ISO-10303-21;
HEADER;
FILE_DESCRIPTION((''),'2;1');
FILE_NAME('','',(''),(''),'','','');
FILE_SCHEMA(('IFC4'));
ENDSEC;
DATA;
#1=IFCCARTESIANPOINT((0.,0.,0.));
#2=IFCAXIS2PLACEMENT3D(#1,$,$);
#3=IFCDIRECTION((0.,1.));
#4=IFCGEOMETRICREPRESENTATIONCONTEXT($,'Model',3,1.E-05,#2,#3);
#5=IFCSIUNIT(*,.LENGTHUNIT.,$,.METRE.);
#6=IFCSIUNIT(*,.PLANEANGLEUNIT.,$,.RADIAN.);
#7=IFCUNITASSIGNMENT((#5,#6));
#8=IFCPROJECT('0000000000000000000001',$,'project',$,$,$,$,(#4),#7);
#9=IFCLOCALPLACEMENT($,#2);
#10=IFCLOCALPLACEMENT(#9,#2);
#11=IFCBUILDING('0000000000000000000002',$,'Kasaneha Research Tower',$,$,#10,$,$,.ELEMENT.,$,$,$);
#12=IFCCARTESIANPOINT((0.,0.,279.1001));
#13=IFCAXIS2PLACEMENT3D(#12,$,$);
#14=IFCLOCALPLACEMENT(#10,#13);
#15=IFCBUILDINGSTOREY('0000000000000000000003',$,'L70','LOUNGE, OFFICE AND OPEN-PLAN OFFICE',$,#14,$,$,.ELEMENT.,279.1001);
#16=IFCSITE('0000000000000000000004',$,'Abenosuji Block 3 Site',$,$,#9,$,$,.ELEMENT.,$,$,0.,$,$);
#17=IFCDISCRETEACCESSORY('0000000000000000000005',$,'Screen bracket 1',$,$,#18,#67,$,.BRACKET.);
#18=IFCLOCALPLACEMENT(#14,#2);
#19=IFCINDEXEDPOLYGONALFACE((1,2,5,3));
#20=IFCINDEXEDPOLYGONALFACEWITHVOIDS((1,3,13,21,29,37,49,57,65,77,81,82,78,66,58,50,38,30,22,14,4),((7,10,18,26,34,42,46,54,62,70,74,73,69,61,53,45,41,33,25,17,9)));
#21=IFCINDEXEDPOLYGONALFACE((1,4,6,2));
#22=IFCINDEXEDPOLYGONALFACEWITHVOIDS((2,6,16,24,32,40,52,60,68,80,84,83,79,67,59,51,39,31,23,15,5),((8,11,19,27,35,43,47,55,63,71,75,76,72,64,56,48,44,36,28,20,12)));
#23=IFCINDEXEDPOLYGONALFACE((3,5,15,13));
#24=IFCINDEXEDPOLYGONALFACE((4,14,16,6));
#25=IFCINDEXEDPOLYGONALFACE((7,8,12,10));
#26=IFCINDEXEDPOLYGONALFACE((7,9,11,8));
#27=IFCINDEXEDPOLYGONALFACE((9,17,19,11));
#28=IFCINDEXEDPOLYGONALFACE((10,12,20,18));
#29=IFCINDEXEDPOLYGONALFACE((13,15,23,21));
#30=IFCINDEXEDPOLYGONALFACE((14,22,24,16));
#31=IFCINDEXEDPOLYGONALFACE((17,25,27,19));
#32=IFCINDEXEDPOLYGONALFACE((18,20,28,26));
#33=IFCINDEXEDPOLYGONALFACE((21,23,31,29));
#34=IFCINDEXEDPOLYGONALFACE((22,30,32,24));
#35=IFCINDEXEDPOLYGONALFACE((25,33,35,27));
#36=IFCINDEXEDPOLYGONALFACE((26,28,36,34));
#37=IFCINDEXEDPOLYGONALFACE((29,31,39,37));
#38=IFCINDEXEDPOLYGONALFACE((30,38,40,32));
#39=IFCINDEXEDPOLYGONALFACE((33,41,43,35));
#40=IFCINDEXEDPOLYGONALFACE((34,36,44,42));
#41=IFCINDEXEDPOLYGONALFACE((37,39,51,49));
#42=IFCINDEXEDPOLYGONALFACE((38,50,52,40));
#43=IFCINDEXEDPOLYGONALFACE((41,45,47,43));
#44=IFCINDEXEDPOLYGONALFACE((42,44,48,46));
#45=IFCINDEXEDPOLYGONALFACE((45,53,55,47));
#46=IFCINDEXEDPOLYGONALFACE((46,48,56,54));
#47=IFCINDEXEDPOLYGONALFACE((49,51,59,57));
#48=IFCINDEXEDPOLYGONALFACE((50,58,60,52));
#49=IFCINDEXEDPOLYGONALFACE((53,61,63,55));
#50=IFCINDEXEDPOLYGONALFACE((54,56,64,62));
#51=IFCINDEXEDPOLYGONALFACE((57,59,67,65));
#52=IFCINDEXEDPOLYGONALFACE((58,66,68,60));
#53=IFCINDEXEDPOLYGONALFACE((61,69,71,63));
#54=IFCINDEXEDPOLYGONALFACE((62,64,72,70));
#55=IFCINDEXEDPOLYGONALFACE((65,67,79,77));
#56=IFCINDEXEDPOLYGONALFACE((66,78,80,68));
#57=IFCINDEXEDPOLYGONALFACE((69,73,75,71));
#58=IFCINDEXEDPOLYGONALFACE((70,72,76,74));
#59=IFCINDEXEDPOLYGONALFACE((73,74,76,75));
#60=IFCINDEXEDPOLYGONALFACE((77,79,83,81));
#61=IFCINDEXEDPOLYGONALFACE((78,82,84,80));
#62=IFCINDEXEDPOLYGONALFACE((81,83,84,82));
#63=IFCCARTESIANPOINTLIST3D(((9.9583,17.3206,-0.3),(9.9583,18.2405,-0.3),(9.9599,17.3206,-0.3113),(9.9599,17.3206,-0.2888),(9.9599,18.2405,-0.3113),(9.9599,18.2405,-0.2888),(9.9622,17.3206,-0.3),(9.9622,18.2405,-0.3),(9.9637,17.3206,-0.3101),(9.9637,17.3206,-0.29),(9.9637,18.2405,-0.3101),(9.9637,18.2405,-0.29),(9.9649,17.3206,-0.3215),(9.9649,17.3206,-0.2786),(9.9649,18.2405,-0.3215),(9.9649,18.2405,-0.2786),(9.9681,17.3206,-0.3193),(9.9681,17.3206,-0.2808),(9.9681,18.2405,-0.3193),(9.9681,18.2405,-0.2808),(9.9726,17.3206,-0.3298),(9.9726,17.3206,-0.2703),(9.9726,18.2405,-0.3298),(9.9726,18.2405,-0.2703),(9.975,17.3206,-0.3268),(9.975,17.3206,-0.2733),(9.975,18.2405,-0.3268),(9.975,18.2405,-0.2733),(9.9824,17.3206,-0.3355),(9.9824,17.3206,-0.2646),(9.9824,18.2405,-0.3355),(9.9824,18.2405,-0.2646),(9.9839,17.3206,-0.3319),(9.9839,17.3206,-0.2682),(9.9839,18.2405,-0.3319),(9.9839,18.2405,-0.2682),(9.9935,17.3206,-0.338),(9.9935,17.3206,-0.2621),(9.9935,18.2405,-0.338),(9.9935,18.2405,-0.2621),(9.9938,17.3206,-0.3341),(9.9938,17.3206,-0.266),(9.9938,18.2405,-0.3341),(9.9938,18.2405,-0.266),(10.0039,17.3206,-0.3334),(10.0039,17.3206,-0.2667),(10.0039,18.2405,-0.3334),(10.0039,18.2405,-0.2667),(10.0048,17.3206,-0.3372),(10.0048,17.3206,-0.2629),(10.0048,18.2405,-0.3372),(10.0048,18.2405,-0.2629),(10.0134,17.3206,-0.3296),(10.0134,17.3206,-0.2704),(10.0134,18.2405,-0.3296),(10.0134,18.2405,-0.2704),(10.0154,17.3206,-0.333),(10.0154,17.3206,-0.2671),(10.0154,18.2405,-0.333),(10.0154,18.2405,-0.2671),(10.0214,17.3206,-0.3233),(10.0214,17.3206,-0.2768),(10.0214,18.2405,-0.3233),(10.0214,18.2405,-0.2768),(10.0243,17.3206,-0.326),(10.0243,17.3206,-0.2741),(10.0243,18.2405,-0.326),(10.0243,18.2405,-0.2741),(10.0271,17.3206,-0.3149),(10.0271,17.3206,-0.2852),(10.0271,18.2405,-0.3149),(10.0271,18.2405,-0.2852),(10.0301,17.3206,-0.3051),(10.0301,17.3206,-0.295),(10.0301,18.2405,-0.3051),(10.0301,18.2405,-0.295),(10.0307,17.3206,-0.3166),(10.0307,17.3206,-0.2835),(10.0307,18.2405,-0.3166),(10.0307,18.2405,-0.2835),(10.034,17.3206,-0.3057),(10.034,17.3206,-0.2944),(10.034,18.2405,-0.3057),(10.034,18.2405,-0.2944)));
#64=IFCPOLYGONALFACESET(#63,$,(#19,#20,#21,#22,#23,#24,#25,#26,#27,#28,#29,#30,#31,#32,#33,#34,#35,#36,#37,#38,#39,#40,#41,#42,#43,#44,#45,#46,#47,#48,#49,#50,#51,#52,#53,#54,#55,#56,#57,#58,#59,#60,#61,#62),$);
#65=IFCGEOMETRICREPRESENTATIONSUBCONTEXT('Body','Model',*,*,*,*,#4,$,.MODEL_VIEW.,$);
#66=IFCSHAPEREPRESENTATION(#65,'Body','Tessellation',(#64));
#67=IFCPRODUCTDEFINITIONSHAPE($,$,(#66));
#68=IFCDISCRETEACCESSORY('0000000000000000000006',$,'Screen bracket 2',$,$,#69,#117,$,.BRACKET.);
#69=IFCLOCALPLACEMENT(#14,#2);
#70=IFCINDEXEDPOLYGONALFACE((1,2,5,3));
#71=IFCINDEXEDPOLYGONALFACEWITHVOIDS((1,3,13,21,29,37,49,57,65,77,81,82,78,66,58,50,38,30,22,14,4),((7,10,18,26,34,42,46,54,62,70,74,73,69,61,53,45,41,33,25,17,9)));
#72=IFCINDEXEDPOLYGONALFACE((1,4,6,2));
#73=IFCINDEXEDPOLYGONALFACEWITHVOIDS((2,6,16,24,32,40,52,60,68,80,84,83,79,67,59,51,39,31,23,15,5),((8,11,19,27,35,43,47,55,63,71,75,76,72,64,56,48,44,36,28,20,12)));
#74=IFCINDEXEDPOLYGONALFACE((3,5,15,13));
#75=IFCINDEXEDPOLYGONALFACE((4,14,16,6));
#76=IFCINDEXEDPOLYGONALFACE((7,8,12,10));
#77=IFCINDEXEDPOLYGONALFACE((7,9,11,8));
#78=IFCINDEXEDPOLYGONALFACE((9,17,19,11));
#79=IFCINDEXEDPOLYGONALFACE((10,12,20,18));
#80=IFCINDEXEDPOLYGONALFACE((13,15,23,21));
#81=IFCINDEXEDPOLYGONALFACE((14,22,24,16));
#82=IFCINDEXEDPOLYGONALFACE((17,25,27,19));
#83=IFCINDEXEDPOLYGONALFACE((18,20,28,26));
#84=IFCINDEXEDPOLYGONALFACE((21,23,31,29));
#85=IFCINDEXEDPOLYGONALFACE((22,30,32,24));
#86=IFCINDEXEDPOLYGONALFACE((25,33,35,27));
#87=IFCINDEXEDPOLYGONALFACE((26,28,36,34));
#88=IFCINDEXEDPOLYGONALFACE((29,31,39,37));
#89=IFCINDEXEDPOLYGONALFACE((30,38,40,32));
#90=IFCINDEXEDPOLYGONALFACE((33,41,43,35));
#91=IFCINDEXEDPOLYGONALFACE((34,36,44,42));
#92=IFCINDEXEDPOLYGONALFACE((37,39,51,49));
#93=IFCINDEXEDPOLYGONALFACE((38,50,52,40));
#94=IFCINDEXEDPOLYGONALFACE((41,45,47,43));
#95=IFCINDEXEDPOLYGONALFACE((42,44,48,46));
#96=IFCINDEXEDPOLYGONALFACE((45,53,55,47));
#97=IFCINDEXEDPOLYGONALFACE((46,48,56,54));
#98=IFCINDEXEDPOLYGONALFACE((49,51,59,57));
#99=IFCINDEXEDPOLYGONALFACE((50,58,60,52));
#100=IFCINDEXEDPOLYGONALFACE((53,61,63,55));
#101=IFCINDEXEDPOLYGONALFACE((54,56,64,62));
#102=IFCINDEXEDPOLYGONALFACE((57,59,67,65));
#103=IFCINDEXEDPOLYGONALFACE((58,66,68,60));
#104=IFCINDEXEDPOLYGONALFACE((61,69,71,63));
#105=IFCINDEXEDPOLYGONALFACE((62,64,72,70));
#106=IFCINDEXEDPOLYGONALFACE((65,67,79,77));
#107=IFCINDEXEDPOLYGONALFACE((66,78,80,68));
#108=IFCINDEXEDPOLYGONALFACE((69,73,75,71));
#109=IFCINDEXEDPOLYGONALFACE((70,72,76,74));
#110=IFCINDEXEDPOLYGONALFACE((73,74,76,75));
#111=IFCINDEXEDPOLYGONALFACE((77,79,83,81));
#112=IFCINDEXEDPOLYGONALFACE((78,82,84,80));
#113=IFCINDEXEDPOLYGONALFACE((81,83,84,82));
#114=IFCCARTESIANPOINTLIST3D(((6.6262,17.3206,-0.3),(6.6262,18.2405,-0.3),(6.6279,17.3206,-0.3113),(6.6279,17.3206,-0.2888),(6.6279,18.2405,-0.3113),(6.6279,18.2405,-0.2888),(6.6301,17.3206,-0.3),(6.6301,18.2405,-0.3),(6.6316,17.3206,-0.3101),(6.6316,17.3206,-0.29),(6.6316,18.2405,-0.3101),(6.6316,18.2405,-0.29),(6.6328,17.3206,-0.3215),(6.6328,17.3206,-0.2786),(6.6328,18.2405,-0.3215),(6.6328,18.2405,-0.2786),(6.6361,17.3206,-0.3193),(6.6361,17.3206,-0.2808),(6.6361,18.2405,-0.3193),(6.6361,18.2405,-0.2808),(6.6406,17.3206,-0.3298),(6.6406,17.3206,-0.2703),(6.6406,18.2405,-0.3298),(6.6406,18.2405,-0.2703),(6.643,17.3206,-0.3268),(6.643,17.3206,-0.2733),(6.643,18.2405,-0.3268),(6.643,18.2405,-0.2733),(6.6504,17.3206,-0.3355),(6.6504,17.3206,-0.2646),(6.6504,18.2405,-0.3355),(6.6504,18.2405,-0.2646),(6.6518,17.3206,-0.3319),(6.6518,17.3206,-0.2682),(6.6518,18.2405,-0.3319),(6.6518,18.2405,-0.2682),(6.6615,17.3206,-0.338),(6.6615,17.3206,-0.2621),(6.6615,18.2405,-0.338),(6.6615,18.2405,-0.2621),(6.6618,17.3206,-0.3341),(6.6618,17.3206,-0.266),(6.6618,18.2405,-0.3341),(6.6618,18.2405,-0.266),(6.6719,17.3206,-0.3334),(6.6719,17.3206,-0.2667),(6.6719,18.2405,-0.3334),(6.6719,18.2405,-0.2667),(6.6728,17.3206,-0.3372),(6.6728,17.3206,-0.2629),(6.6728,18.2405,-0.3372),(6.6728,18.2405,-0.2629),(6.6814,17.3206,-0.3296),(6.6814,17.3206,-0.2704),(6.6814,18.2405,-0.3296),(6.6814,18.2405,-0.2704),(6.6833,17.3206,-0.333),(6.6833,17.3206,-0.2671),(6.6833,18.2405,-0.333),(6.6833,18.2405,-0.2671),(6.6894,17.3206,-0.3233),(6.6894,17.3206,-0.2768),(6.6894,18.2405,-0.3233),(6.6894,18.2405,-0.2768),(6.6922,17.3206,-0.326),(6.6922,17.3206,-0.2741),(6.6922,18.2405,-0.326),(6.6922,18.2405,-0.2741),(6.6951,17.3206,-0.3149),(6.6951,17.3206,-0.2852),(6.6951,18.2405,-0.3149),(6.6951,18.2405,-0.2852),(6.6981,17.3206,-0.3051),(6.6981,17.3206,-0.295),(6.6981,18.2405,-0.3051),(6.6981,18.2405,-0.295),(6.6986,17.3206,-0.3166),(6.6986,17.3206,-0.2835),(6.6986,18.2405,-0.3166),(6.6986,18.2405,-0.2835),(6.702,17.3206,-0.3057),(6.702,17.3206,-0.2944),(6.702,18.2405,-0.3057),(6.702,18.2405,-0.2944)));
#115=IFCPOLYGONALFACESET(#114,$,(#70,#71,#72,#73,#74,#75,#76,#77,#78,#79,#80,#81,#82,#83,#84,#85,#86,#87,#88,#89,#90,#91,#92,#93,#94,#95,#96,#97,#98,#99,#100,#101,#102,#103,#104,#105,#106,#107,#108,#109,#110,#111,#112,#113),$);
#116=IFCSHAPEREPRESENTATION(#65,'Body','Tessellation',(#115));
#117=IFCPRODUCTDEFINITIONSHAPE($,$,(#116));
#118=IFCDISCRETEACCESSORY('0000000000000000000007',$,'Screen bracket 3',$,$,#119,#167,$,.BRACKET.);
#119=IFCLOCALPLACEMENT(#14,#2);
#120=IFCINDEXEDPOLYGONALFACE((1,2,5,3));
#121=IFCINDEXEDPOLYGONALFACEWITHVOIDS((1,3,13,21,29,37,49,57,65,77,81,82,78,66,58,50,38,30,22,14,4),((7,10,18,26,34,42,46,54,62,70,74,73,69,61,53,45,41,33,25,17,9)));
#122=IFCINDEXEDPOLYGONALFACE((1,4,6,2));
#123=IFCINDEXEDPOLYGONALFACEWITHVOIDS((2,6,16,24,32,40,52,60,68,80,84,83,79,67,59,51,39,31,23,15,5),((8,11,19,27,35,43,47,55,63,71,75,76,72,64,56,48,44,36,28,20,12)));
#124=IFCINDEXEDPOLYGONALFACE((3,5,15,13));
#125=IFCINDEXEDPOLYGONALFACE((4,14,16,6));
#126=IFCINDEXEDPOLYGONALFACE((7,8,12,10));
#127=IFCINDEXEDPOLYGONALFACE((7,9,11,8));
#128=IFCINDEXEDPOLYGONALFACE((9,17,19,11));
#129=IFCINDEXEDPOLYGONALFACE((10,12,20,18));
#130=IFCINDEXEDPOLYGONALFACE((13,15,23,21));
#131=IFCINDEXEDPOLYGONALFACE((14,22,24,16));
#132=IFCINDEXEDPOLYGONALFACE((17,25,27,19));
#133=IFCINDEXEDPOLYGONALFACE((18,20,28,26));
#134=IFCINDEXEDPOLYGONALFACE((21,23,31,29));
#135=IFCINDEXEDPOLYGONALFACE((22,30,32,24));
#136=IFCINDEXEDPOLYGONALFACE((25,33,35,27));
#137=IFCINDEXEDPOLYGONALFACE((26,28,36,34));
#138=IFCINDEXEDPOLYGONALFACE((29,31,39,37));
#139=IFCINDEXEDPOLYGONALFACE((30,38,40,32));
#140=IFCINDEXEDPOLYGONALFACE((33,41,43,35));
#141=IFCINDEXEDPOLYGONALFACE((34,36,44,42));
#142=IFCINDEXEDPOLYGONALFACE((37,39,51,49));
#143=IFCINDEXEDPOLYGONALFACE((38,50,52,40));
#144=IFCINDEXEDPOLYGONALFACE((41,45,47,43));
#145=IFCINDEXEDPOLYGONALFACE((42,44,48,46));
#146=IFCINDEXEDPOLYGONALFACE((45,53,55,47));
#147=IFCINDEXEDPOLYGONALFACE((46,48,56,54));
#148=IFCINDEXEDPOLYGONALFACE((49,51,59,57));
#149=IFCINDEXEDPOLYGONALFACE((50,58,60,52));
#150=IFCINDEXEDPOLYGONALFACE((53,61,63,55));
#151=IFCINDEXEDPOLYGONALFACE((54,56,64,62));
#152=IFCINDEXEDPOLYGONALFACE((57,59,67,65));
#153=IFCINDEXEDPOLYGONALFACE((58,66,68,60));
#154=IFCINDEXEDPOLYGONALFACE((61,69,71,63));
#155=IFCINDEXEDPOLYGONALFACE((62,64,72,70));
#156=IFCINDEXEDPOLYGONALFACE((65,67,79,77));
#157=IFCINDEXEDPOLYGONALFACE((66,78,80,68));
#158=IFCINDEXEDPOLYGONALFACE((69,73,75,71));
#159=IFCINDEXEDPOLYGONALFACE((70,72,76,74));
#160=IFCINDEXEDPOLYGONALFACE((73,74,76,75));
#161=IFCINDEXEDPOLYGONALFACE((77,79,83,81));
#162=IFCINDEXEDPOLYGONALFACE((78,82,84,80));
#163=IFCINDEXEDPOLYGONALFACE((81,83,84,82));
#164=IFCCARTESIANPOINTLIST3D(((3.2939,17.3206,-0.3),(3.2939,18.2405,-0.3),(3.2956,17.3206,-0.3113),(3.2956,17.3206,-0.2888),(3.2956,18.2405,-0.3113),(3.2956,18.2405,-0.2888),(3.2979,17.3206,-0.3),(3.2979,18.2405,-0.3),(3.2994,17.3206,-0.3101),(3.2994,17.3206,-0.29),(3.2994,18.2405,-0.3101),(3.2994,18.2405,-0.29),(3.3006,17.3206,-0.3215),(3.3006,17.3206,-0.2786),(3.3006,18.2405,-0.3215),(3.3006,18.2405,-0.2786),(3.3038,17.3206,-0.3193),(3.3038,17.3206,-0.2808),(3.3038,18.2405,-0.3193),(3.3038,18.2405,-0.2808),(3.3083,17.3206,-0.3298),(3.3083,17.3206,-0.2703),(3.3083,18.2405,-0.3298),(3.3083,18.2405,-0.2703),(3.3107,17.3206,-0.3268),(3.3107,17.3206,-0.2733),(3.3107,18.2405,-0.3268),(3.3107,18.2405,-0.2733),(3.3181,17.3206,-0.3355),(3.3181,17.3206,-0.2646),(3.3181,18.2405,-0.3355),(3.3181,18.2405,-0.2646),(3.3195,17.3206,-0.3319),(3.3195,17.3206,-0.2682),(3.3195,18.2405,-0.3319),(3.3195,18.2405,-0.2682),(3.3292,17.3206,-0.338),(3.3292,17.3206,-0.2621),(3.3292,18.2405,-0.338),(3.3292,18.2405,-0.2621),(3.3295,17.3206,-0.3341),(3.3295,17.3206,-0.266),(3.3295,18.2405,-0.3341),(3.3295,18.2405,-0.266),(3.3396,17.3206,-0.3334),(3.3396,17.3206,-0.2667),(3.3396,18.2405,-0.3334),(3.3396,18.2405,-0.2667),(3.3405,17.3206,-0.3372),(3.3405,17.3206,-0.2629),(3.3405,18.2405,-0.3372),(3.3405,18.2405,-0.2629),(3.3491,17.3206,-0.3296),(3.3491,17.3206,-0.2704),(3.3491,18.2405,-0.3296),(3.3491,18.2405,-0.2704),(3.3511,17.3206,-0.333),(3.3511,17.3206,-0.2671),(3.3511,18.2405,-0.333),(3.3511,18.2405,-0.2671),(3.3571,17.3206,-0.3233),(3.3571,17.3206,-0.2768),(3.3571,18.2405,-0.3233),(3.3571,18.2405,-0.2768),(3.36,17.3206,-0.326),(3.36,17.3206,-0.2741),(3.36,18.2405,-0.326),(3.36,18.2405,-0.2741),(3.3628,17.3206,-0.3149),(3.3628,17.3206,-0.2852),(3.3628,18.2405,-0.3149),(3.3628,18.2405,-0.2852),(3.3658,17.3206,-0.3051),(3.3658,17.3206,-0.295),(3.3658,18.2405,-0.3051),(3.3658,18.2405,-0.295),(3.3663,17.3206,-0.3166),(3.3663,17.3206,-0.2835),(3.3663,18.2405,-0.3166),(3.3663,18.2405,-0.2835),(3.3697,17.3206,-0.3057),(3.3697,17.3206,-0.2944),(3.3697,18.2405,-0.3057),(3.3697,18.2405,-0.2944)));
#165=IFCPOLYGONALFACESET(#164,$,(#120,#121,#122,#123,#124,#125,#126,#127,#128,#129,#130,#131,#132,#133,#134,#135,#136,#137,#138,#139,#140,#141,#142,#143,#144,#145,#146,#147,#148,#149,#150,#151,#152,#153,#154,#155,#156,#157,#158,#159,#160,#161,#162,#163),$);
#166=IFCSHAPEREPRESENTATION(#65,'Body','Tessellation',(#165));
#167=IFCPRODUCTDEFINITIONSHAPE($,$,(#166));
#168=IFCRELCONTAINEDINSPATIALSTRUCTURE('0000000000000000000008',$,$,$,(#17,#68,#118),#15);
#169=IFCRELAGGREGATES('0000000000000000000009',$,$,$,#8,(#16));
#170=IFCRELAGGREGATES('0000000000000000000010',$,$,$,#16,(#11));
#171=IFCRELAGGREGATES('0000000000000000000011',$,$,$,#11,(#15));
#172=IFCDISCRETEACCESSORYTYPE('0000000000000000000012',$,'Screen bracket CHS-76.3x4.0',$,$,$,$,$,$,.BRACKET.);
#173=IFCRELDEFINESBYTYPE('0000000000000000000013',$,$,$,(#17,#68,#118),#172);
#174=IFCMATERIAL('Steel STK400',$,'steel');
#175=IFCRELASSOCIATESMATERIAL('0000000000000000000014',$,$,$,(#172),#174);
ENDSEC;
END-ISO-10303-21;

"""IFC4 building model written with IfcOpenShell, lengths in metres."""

from ifc_helpers import new_model, si_unit, direction, frame, origin, origin_2d, place, context, subcontext, project, spatial, hollow_circle, extrude, material, material_profile, profile_set, type_object, element, save


model = new_model("IFC4")

# Units and contexts
model_context = context("Model", 3, precision=1e-05, world=origin(), true_north=direction((0.0, 1.0)))
body_context = subcontext(model_context, "Body", "Model", "MODEL_VIEW")
ifc_project = project(units=[si_unit("LENGTHUNIT", "METRE"), si_unit("PLANEANGLEUNIT", "RADIAN")], contexts=[model_context])

# Site, building, storey
site_placement = place(None, origin())
site = spatial("IfcSite", under=ifc_project, at=site_placement, Name="Abenosuji Block 3 Site", CompositionType="ELEMENT", RefElevation=0.0)
building_placement = place(site_placement, origin())
building = spatial("IfcBuilding", under=site, at=building_placement, Name="Kasaneha Research Tower", CompositionType="ELEMENT")
storey_placement = place(building_placement, frame((0.0, 0.0, 279.1001)))
storey = spatial("IfcBuildingStorey", under=building, at=storey_placement, Name="L70", Description="LOUNGE, OFFICE AND OPEN-PLAN OFFICE", CompositionType="ELEMENT", Elevation=279.1001)

# Discrete accessories
ifc_material_1 = material(Name="Steel STK400", Category="steel")
ifc_material_profile_1 = material_profile(ifc_material_1, hollow_circle(Radius=0.0381, WallThickness=0.0039, at=origin_2d()), Name="CHS-76.3x4.0")
ifc_profile_set_1 = profile_set([ifc_material_profile_1], Name="Steel STK400")
discrete_accessory_type = type_object("IfcDiscreteAccessoryType", Name="Screen bracket CHS-76.3x4.0", PredefinedType="BRACKET", material=ifc_profile_set_1)
for number, where, z_axis, x_axis, name in (
    (1, (9.9963, 17.3206, -0.3), (0.0, 1.0, 0.0), (-1.0, 0.0, 0.0), "Screen bracket 1"),
    (2, (6.6643, 17.3206, -0.3), (0.0, 1.0, 0.0), (-1.0, 0.0, 0.0), "Screen bracket 2"),
    (3, (3.332, 17.3206, -0.3), (0.0, 1.0, 0.0), (-1.0, 0.0, 0.0), "Screen bracket 3"),
):
    element("IfcDiscreteAccessory", number, at=place(storey_placement, frame(where, z_axis=z_axis, x_axis=x_axis)), inside=storey, type_object=discrete_accessory_type, Name=name, PredefinedType="BRACKET", context=body_context, shape_type="SweptSolid", body=[
        extrude(hollow_circle(Radius=0.0381, WallThickness=0.0039, at=origin_2d()), origin(), (0.0, 0.0, 1.0), 0.9199),
    ])

save(model, "model.ifc")
